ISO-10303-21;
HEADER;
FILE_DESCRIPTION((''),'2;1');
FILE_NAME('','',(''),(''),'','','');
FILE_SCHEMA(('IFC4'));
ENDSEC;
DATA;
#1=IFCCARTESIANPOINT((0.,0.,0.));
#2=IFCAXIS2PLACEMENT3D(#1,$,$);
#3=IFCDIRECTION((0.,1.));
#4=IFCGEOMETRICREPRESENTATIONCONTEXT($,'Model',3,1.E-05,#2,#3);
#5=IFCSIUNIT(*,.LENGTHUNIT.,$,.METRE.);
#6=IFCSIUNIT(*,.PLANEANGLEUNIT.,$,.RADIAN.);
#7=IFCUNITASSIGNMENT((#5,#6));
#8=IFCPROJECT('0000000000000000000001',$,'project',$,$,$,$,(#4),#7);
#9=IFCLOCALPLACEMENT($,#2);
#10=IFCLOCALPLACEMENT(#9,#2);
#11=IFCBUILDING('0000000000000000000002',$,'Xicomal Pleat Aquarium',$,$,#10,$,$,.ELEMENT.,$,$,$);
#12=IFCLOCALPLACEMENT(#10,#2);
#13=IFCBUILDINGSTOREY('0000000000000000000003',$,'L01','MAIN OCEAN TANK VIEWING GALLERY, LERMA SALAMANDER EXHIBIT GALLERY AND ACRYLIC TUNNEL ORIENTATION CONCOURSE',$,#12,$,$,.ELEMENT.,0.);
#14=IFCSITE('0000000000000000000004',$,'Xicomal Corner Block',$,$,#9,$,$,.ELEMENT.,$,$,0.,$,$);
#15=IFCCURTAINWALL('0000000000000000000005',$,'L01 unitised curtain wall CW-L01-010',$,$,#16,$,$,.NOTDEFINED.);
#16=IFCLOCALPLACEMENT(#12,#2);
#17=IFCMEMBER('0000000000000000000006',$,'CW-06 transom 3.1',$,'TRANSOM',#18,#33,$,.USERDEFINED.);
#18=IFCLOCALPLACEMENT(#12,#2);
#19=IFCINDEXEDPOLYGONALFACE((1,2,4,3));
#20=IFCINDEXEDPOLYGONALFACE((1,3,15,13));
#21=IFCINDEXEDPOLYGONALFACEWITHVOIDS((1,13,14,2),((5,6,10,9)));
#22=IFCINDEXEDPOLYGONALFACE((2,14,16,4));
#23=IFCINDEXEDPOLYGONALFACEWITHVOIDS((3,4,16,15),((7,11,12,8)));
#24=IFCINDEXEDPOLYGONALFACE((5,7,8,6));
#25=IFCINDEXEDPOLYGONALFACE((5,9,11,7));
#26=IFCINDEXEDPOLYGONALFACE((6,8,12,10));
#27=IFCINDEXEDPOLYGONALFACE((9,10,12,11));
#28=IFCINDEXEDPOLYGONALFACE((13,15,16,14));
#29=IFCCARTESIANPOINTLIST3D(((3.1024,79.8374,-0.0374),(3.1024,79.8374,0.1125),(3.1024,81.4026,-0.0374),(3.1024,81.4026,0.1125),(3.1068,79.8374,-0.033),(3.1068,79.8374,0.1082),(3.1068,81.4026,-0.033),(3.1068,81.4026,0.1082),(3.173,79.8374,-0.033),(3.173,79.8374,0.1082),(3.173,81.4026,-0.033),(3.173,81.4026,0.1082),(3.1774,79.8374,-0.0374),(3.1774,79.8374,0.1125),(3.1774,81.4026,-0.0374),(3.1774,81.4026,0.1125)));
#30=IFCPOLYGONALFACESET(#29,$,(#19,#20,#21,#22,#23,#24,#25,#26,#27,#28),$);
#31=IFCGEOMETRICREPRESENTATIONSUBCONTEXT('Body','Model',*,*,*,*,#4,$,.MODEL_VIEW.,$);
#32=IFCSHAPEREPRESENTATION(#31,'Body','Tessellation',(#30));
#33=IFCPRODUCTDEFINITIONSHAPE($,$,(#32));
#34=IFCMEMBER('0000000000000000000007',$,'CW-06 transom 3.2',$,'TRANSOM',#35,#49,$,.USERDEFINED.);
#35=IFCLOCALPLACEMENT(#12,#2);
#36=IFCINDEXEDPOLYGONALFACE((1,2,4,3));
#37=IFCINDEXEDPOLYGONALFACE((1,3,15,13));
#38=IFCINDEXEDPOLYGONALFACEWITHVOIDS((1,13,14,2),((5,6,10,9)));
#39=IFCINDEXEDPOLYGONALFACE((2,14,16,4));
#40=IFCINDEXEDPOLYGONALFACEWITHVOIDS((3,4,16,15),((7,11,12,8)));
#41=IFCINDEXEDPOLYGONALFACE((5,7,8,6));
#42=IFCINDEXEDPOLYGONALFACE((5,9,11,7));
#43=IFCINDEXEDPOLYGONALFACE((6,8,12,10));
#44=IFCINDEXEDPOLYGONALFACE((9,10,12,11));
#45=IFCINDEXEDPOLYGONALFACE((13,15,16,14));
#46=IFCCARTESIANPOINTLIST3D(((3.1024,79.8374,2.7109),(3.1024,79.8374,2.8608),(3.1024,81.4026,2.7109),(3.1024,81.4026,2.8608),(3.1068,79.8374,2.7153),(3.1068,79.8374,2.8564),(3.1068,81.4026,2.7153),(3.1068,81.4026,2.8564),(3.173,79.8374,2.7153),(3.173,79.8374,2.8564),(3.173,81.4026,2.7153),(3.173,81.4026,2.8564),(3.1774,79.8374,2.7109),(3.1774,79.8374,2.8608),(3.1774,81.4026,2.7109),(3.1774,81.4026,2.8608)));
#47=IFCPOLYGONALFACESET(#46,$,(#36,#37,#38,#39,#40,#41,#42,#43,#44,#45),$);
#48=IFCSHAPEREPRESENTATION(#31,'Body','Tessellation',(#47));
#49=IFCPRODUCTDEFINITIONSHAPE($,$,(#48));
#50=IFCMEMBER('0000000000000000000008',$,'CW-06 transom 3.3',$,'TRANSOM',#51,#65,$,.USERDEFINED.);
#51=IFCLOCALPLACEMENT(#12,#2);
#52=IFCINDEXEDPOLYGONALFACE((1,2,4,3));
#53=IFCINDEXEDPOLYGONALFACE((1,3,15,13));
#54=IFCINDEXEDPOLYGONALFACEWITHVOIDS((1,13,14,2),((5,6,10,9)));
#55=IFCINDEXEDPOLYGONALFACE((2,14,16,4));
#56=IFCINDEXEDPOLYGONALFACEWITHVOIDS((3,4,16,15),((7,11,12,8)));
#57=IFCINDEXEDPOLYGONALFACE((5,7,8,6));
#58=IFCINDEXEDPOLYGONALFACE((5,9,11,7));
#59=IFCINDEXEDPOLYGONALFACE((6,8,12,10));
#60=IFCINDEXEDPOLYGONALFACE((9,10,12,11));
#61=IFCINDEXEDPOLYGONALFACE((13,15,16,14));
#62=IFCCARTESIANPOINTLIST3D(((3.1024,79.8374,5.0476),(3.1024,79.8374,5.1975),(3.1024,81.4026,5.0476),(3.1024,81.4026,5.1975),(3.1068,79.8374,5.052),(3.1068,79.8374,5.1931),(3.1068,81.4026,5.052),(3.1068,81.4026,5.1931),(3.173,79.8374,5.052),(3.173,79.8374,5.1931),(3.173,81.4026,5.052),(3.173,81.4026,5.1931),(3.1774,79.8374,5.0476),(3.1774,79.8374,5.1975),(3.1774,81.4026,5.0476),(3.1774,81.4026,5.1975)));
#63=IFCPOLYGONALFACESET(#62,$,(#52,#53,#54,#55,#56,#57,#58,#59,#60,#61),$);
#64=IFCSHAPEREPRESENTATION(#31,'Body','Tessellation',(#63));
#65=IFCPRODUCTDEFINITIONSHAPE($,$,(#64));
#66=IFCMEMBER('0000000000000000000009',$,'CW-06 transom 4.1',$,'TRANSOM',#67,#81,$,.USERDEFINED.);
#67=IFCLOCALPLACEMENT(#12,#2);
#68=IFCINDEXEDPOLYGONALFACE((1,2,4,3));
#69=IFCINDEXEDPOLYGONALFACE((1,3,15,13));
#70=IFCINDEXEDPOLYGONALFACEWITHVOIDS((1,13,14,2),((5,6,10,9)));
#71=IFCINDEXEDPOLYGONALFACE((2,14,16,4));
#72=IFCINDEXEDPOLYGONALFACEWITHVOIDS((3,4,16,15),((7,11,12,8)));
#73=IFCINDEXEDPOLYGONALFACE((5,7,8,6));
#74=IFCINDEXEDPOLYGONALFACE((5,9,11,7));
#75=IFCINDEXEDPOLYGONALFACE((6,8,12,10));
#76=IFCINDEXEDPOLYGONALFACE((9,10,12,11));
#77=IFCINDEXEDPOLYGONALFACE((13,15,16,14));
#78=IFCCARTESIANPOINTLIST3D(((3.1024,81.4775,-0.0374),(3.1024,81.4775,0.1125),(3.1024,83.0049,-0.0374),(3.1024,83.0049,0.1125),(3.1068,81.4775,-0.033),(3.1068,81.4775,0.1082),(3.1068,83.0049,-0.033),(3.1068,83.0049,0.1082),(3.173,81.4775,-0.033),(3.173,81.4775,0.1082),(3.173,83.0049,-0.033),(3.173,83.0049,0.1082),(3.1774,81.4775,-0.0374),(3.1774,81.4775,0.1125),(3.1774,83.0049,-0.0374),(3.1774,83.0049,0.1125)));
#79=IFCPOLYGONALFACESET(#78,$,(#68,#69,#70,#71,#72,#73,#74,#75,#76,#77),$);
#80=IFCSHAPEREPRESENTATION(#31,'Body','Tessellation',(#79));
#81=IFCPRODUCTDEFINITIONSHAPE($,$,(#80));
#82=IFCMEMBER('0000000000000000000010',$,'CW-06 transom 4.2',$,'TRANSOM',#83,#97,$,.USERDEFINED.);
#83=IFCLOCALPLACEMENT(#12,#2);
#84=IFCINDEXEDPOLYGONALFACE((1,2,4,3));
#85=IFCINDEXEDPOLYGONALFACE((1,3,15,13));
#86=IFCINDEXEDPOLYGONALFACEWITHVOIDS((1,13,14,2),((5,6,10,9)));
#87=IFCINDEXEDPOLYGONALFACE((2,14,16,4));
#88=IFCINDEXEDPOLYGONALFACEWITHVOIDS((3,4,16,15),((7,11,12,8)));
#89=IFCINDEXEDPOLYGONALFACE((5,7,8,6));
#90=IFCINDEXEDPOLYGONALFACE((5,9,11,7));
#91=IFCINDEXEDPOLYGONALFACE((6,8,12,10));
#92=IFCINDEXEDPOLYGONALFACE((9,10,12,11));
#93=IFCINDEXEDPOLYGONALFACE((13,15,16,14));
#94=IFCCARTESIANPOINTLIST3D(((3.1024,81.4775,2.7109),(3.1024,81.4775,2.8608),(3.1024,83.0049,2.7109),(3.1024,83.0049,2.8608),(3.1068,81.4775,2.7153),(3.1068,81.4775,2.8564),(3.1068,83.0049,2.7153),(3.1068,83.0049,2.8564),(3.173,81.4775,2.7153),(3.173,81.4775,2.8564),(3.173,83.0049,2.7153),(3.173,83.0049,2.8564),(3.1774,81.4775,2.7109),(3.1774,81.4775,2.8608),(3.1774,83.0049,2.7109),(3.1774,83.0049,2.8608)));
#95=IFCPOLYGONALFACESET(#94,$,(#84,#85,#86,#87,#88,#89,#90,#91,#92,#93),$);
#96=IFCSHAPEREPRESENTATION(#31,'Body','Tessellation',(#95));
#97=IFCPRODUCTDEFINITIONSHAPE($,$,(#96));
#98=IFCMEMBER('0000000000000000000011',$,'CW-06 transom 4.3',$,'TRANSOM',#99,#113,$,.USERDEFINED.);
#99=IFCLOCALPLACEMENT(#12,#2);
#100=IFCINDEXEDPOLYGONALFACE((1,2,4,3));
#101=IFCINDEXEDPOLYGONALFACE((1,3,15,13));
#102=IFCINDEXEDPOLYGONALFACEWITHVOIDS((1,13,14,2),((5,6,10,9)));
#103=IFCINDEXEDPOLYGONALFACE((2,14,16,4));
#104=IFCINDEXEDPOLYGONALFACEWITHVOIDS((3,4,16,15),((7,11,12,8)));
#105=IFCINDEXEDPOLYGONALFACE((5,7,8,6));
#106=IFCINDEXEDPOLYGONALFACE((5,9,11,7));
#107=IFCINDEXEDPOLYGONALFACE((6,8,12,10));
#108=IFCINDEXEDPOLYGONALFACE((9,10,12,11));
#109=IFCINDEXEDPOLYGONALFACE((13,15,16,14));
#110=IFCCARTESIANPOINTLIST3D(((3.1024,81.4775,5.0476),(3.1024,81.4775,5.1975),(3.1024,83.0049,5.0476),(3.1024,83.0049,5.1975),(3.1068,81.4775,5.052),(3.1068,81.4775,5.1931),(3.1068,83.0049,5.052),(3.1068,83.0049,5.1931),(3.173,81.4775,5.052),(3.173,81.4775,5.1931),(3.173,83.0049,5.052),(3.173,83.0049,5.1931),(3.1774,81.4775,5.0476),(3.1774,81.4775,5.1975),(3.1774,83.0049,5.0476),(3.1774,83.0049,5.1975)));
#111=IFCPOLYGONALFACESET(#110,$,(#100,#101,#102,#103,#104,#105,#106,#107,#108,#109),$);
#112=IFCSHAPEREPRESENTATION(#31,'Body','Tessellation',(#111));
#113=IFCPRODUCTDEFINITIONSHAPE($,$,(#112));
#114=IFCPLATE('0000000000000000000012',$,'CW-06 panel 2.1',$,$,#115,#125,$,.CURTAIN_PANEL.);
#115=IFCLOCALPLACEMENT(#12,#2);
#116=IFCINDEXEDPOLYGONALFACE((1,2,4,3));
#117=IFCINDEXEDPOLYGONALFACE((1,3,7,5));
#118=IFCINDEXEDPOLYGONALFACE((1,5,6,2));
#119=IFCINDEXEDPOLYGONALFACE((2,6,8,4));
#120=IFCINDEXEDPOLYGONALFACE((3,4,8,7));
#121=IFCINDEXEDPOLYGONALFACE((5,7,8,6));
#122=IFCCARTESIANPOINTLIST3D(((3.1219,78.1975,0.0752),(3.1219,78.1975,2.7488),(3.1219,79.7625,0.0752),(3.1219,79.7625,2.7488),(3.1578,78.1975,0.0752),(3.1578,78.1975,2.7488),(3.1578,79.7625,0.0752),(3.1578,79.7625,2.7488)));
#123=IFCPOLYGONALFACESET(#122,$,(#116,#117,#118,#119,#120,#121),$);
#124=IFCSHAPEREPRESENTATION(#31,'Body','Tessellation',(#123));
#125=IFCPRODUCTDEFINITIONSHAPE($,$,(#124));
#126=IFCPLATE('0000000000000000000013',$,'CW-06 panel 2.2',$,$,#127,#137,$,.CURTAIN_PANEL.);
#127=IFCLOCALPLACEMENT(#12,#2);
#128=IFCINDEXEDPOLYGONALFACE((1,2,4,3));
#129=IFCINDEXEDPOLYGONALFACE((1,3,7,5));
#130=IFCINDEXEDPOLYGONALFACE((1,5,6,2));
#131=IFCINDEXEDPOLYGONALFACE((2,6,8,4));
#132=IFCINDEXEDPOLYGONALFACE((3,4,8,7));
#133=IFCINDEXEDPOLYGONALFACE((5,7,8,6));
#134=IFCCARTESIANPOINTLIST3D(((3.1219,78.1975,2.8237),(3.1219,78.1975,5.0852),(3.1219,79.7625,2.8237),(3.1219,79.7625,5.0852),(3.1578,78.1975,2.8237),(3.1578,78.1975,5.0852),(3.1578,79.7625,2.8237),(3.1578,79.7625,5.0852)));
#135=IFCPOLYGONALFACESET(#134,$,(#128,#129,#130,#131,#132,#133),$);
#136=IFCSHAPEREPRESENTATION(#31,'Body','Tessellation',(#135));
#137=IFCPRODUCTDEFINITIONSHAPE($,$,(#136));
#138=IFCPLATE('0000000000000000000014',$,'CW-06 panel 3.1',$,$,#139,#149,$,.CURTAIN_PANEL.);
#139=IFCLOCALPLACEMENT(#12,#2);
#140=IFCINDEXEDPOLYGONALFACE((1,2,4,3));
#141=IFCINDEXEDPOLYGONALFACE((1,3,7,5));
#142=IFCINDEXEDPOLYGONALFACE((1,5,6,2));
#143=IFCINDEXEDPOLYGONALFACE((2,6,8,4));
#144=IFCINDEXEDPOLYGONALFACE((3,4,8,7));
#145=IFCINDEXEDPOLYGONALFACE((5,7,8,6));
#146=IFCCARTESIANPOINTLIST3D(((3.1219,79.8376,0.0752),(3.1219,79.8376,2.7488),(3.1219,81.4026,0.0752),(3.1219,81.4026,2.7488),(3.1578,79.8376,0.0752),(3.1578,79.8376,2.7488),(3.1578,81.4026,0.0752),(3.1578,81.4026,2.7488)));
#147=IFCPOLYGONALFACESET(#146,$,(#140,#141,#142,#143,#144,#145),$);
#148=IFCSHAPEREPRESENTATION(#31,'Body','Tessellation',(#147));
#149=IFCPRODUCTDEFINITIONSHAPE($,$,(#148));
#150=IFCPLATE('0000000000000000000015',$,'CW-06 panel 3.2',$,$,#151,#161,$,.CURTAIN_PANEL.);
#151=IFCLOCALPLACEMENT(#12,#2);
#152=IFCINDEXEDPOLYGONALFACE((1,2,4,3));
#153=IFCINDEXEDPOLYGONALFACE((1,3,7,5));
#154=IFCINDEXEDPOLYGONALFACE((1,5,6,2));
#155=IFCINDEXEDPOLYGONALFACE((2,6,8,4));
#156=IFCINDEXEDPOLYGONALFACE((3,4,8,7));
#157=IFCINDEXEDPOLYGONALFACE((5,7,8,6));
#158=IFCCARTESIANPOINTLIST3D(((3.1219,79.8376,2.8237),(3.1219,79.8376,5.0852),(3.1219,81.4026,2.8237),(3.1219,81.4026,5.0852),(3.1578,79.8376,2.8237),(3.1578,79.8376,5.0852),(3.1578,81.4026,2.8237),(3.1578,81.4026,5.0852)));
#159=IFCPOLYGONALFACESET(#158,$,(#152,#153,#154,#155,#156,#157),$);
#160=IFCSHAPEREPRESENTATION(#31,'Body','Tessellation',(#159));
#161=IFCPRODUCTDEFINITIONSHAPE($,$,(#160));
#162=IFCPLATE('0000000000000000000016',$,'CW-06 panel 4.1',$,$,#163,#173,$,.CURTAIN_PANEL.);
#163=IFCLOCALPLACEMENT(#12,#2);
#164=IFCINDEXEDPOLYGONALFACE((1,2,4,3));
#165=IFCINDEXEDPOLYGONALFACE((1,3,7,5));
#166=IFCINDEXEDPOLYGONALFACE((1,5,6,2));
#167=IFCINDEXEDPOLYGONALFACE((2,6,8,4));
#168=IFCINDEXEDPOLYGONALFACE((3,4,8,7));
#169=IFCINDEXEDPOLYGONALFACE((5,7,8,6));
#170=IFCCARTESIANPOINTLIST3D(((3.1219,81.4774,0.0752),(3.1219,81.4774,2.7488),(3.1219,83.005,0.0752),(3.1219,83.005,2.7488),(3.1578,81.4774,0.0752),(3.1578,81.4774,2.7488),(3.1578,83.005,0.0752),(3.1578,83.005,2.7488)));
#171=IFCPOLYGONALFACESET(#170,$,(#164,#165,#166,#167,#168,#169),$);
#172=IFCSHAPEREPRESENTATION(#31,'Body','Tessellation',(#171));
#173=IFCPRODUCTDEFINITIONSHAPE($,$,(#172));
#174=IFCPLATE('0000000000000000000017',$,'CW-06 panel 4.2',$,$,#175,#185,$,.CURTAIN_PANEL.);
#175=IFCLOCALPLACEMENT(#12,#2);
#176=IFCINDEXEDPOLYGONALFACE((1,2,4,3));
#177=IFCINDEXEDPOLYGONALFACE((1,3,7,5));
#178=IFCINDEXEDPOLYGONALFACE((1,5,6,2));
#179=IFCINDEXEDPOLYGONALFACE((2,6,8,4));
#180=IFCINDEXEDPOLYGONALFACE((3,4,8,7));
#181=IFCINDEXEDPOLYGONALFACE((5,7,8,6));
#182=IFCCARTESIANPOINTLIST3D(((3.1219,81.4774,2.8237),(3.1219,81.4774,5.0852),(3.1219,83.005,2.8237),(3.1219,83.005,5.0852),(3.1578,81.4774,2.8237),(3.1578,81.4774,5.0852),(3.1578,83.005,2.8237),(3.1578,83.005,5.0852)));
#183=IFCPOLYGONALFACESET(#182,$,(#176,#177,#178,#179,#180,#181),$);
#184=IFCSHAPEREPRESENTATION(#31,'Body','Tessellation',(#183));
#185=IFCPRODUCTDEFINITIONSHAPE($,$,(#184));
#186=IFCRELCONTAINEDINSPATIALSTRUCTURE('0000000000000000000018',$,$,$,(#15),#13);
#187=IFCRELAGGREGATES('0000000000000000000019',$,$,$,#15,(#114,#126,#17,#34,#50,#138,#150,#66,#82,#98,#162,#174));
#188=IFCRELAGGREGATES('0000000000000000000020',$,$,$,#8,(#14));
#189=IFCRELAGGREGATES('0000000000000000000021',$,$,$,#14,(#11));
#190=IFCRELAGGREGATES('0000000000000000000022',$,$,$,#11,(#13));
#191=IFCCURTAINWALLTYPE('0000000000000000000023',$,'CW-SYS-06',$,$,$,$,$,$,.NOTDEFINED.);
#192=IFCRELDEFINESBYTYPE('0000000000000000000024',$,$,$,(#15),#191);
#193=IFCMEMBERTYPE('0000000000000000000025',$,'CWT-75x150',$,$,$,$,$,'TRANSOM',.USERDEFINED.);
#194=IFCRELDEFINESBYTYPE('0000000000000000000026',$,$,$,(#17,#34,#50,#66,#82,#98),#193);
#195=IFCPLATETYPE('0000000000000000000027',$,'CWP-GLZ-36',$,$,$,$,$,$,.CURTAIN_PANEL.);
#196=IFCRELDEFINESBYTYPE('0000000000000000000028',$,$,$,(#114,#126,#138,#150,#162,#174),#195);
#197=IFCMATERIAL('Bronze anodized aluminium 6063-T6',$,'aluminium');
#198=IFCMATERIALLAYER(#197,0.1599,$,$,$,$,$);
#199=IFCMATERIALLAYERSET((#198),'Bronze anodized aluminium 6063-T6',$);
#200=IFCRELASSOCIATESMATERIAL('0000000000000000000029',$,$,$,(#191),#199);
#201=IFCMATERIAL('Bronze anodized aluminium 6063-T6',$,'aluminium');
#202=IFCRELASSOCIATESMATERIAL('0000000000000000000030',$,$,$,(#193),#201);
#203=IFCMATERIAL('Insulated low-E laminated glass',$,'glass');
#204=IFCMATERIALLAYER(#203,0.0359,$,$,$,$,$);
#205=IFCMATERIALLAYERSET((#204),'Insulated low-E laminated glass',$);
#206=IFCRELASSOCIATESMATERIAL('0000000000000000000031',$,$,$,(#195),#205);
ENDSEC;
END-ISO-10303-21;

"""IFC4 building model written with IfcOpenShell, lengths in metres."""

from ifc_helpers import new_model, si_unit, direction, frame, origin, origin_2d, place, context, subcontext, project, spatial, rectangle, hollow_rectangle, extrude, material, layer, layer_set, material_profile, profile_set, type_object, element, aggregate, save


model = new_model("IFC4")

# Units and contexts
model_context = context("Model", 3, precision=1e-05, world=origin(), true_north=direction((0.0, 1.0)))
body_context = subcontext(model_context, "Body", "Model", "MODEL_VIEW")
ifc_project = project(units=[si_unit("LENGTHUNIT", "METRE"), si_unit("PLANEANGLEUNIT", "RADIAN")], contexts=[model_context])

# Site, building, storey
site_placement = place(None, origin())
site = spatial("IfcSite", under=ifc_project, at=site_placement, Name="Xicomal Corner Block", CompositionType="ELEMENT", RefElevation=0.0)
building_placement = place(site_placement, origin())
building = spatial("IfcBuilding", under=site, at=building_placement, Name="Xicomal Pleat Aquarium", CompositionType="ELEMENT")
storey_placement = place(building_placement, origin())
storey = spatial("IfcBuildingStorey", under=building, at=storey_placement, Name="L01", Description="MAIN OCEAN TANK VIEWING GALLERY, LERMA SALAMANDER EXHIBIT GALLERY AND ACRYLIC TUNNEL ORIENTATION CONCOURSE", CompositionType="ELEMENT", Elevation=0.0)

# Curtain wall
ifc_material_1 = material(Name="Bronze anodized aluminium 6063-T6", Category="aluminium")
ifc_layer_1 = layer(ifc_material_1, 0.1599)
ifc_layer_set_1 = layer_set([ifc_layer_1], Name="Bronze anodized aluminium 6063-T6")
curtain_wall_type_1 = type_object("IfcCurtainWallType", Name="CW-SYS-06", PredefinedType="NOTDEFINED", material=ifc_layer_set_1)
curtain_wall_1_placement = place(storey_placement, origin())
curtain_wall_1 = element("IfcCurtainWall", 1, at=curtain_wall_1_placement, inside=storey, type_object=curtain_wall_type_1, Name="L01 unitised curtain wall CW-L01-010", PredefinedType="NOTDEFINED")

# Members
ifc_material_2 = material(Name="Bronze anodized aluminium 6063-T6", Category="aluminium")
ifc_material_profile_1 = material_profile(ifc_material_2, hollow_rectangle(XDim=0.075, YDim=0.1499, WallThickness=0.0044, at=origin_2d()), Name="ALU TRAN 75x150")
ifc_profile_set_1 = profile_set([ifc_material_profile_1], Name="Bronze anodized aluminium 6063-T6")
member_type_1 = type_object("IfcMemberType", Name="CWT-75x150", ElementType="TRANSOM", PredefinedType="USERDEFINED", material=ifc_profile_set_1)
member_1_placement = place(storey_placement, frame((3.1399, 79.8374, 0.0376), z_axis=(0.0, 1.0, 0.0), x_axis=(-1.0, 0.0, 0.0)))
member_1 = element("IfcMember", 2, at=member_1_placement, type_object=member_type_1, Name="CW-06 transom 3.1", ObjectType="TRANSOM", PredefinedType="USERDEFINED", context=body_context, shape_type="SweptSolid", body=[
    extrude(hollow_rectangle(XDim=0.075, YDim=0.1499, WallThickness=0.0044, at=origin_2d()), origin(), (0.0, 0.0, 1.0), 1.5652),
])
member_2_placement = place(storey_placement, frame((3.1399, 79.8374, 2.7859), z_axis=(0.0, 1.0, 0.0), x_axis=(-1.0, 0.0, 0.0)))
member_2 = element("IfcMember", 3, at=member_2_placement, type_object=member_type_1, Name="CW-06 transom 3.2", ObjectType="TRANSOM", PredefinedType="USERDEFINED", context=body_context, shape_type="SweptSolid", body=[
    extrude(hollow_rectangle(XDim=0.075, YDim=0.1499, WallThickness=0.0044, at=origin_2d()), origin(), (0.0, 0.0, 1.0), 1.5652),
])
member_3_placement = place(storey_placement, frame((3.1399, 79.8374, 5.1226), z_axis=(0.0, 1.0, 0.0), x_axis=(-1.0, 0.0, 0.0)))
member_3 = element("IfcMember", 4, at=member_3_placement, type_object=member_type_1, Name="CW-06 transom 3.3", ObjectType="TRANSOM", PredefinedType="USERDEFINED", context=body_context, shape_type="SweptSolid", body=[
    extrude(hollow_rectangle(XDim=0.075, YDim=0.1499, WallThickness=0.0044, at=origin_2d()), origin(), (0.0, 0.0, 1.0), 1.5652),
])
member_4_placement = place(storey_placement, frame((3.1399, 81.4775, 0.0376), z_axis=(0.0, 1.0, 0.0), x_axis=(-1.0, 0.0, 0.0)))
member_4 = element("IfcMember", 5, at=member_4_placement, type_object=member_type_1, Name="CW-06 transom 4.1", ObjectType="TRANSOM", PredefinedType="USERDEFINED", context=body_context, shape_type="SweptSolid", body=[
    extrude(hollow_rectangle(XDim=0.075, YDim=0.1499, WallThickness=0.0044, at=origin_2d()), origin(), (0.0, 0.0, 1.0), 1.5273),
])
member_5_placement = place(storey_placement, frame((3.1399, 81.4775, 2.7859), z_axis=(0.0, 1.0, 0.0), x_axis=(-1.0, 0.0, 0.0)))
member_5 = element("IfcMember", 6, at=member_5_placement, type_object=member_type_1, Name="CW-06 transom 4.2", ObjectType="TRANSOM", PredefinedType="USERDEFINED", context=body_context, shape_type="SweptSolid", body=[
    extrude(hollow_rectangle(XDim=0.075, YDim=0.1499, WallThickness=0.0044, at=origin_2d()), origin(), (0.0, 0.0, 1.0), 1.5273),
])
member_6_placement = place(storey_placement, frame((3.1399, 81.4775, 5.1226), z_axis=(0.0, 1.0, 0.0), x_axis=(-1.0, 0.0, 0.0)))
member_6 = element("IfcMember", 7, at=member_6_placement, type_object=member_type_1, Name="CW-06 transom 4.3", ObjectType="TRANSOM", PredefinedType="USERDEFINED", context=body_context, shape_type="SweptSolid", body=[
    extrude(hollow_rectangle(XDim=0.075, YDim=0.1499, WallThickness=0.0044, at=origin_2d()), origin(), (0.0, 0.0, 1.0), 1.5273),
])

# Plates
ifc_material_3 = material(Name="Insulated low-E laminated glass", Category="glass")
ifc_layer_2 = layer(ifc_material_3, 0.0359)
ifc_layer_set_2 = layer_set([ifc_layer_2], Name="Insulated low-E laminated glass")
plate_type = type_object("IfcPlateType", Name="CWP-GLZ-36", PredefinedType="CURTAIN_PANEL", material=ifc_layer_set_2)
plate_1_placement = place(storey_placement, frame((3.1399, 78.98, 0.0752), z_axis=(0.0, 0.0, 1.0), x_axis=(0.0, 1.0, 0.0)))
plate_1 = element("IfcPlate", 8, at=plate_1_placement, type_object=plate_type, Name="CW-06 panel 2.1", PredefinedType="CURTAIN_PANEL", context=body_context, shape_type="SweptSolid", body=[
    extrude(rectangle(XDim=1.5649, YDim=0.0359, at=origin_2d()), origin(), (0.0, 0.0, 1.0), 2.6736),
])
plate_2_placement = place(storey_placement, frame((3.1399, 78.98, 2.8237), z_axis=(0.0, 0.0, 1.0), x_axis=(0.0, 1.0, 0.0)))
plate_2 = element("IfcPlate", 9, at=plate_2_placement, type_object=plate_type, Name="CW-06 panel 2.2", PredefinedType="CURTAIN_PANEL", context=body_context, shape_type="SweptSolid", body=[
    extrude(rectangle(XDim=1.5649, YDim=0.0359, at=origin_2d()), origin(), (0.0, 0.0, 1.0), 2.2615),
])
plate_3_placement = place(storey_placement, frame((3.1399, 80.6201, 0.0752), z_axis=(0.0, 0.0, 1.0), x_axis=(0.0, 1.0, 0.0)))
plate_3 = element("IfcPlate", 10, at=plate_3_placement, type_object=plate_type, Name="CW-06 panel 3.1", PredefinedType="CURTAIN_PANEL", context=body_context, shape_type="SweptSolid", body=[
    extrude(rectangle(XDim=1.5649, YDim=0.0359, at=origin_2d()), origin(), (0.0, 0.0, 1.0), 2.6736),
])
plate_4_placement = place(storey_placement, frame((3.1399, 80.6201, 2.8237), z_axis=(0.0, 0.0, 1.0), x_axis=(0.0, 1.0, 0.0)))
plate_4 = element("IfcPlate", 11, at=plate_4_placement, type_object=plate_type, Name="CW-06 panel 3.2", PredefinedType="CURTAIN_PANEL", context=body_context, shape_type="SweptSolid", body=[
    extrude(rectangle(XDim=1.5649, YDim=0.0359, at=origin_2d()), origin(), (0.0, 0.0, 1.0), 2.2615),
])
plate_5_placement = place(storey_placement, frame((3.1399, 82.2412, 0.0752), z_axis=(0.0, 0.0, 1.0), x_axis=(0.0, 1.0, 0.0)))
plate_5 = element("IfcPlate", 12, at=plate_5_placement, type_object=plate_type, Name="CW-06 panel 4.1", PredefinedType="CURTAIN_PANEL", context=body_context, shape_type="SweptSolid", body=[
    extrude(rectangle(XDim=1.5276, YDim=0.0359, at=origin_2d()), origin(), (0.0, 0.0, 1.0), 2.6736),
])
plate_6_placement = place(storey_placement, frame((3.1399, 82.2412, 2.8237), z_axis=(0.0, 0.0, 1.0), x_axis=(0.0, 1.0, 0.0)))
plate_6 = element("IfcPlate", 13, at=plate_6_placement, type_object=plate_type, Name="CW-06 panel 4.2", PredefinedType="CURTAIN_PANEL", context=body_context, shape_type="SweptSolid", body=[
    extrude(rectangle(XDim=1.5276, YDim=0.0359, at=origin_2d()), origin(), (0.0, 0.0, 1.0), 2.2615),
])
aggregate(curtain_wall_1, [plate_1, plate_2, member_1, member_2, member_3, plate_3, plate_4, member_4, member_5, member_6, plate_5, plate_6])

save(model, "model.ifc")
